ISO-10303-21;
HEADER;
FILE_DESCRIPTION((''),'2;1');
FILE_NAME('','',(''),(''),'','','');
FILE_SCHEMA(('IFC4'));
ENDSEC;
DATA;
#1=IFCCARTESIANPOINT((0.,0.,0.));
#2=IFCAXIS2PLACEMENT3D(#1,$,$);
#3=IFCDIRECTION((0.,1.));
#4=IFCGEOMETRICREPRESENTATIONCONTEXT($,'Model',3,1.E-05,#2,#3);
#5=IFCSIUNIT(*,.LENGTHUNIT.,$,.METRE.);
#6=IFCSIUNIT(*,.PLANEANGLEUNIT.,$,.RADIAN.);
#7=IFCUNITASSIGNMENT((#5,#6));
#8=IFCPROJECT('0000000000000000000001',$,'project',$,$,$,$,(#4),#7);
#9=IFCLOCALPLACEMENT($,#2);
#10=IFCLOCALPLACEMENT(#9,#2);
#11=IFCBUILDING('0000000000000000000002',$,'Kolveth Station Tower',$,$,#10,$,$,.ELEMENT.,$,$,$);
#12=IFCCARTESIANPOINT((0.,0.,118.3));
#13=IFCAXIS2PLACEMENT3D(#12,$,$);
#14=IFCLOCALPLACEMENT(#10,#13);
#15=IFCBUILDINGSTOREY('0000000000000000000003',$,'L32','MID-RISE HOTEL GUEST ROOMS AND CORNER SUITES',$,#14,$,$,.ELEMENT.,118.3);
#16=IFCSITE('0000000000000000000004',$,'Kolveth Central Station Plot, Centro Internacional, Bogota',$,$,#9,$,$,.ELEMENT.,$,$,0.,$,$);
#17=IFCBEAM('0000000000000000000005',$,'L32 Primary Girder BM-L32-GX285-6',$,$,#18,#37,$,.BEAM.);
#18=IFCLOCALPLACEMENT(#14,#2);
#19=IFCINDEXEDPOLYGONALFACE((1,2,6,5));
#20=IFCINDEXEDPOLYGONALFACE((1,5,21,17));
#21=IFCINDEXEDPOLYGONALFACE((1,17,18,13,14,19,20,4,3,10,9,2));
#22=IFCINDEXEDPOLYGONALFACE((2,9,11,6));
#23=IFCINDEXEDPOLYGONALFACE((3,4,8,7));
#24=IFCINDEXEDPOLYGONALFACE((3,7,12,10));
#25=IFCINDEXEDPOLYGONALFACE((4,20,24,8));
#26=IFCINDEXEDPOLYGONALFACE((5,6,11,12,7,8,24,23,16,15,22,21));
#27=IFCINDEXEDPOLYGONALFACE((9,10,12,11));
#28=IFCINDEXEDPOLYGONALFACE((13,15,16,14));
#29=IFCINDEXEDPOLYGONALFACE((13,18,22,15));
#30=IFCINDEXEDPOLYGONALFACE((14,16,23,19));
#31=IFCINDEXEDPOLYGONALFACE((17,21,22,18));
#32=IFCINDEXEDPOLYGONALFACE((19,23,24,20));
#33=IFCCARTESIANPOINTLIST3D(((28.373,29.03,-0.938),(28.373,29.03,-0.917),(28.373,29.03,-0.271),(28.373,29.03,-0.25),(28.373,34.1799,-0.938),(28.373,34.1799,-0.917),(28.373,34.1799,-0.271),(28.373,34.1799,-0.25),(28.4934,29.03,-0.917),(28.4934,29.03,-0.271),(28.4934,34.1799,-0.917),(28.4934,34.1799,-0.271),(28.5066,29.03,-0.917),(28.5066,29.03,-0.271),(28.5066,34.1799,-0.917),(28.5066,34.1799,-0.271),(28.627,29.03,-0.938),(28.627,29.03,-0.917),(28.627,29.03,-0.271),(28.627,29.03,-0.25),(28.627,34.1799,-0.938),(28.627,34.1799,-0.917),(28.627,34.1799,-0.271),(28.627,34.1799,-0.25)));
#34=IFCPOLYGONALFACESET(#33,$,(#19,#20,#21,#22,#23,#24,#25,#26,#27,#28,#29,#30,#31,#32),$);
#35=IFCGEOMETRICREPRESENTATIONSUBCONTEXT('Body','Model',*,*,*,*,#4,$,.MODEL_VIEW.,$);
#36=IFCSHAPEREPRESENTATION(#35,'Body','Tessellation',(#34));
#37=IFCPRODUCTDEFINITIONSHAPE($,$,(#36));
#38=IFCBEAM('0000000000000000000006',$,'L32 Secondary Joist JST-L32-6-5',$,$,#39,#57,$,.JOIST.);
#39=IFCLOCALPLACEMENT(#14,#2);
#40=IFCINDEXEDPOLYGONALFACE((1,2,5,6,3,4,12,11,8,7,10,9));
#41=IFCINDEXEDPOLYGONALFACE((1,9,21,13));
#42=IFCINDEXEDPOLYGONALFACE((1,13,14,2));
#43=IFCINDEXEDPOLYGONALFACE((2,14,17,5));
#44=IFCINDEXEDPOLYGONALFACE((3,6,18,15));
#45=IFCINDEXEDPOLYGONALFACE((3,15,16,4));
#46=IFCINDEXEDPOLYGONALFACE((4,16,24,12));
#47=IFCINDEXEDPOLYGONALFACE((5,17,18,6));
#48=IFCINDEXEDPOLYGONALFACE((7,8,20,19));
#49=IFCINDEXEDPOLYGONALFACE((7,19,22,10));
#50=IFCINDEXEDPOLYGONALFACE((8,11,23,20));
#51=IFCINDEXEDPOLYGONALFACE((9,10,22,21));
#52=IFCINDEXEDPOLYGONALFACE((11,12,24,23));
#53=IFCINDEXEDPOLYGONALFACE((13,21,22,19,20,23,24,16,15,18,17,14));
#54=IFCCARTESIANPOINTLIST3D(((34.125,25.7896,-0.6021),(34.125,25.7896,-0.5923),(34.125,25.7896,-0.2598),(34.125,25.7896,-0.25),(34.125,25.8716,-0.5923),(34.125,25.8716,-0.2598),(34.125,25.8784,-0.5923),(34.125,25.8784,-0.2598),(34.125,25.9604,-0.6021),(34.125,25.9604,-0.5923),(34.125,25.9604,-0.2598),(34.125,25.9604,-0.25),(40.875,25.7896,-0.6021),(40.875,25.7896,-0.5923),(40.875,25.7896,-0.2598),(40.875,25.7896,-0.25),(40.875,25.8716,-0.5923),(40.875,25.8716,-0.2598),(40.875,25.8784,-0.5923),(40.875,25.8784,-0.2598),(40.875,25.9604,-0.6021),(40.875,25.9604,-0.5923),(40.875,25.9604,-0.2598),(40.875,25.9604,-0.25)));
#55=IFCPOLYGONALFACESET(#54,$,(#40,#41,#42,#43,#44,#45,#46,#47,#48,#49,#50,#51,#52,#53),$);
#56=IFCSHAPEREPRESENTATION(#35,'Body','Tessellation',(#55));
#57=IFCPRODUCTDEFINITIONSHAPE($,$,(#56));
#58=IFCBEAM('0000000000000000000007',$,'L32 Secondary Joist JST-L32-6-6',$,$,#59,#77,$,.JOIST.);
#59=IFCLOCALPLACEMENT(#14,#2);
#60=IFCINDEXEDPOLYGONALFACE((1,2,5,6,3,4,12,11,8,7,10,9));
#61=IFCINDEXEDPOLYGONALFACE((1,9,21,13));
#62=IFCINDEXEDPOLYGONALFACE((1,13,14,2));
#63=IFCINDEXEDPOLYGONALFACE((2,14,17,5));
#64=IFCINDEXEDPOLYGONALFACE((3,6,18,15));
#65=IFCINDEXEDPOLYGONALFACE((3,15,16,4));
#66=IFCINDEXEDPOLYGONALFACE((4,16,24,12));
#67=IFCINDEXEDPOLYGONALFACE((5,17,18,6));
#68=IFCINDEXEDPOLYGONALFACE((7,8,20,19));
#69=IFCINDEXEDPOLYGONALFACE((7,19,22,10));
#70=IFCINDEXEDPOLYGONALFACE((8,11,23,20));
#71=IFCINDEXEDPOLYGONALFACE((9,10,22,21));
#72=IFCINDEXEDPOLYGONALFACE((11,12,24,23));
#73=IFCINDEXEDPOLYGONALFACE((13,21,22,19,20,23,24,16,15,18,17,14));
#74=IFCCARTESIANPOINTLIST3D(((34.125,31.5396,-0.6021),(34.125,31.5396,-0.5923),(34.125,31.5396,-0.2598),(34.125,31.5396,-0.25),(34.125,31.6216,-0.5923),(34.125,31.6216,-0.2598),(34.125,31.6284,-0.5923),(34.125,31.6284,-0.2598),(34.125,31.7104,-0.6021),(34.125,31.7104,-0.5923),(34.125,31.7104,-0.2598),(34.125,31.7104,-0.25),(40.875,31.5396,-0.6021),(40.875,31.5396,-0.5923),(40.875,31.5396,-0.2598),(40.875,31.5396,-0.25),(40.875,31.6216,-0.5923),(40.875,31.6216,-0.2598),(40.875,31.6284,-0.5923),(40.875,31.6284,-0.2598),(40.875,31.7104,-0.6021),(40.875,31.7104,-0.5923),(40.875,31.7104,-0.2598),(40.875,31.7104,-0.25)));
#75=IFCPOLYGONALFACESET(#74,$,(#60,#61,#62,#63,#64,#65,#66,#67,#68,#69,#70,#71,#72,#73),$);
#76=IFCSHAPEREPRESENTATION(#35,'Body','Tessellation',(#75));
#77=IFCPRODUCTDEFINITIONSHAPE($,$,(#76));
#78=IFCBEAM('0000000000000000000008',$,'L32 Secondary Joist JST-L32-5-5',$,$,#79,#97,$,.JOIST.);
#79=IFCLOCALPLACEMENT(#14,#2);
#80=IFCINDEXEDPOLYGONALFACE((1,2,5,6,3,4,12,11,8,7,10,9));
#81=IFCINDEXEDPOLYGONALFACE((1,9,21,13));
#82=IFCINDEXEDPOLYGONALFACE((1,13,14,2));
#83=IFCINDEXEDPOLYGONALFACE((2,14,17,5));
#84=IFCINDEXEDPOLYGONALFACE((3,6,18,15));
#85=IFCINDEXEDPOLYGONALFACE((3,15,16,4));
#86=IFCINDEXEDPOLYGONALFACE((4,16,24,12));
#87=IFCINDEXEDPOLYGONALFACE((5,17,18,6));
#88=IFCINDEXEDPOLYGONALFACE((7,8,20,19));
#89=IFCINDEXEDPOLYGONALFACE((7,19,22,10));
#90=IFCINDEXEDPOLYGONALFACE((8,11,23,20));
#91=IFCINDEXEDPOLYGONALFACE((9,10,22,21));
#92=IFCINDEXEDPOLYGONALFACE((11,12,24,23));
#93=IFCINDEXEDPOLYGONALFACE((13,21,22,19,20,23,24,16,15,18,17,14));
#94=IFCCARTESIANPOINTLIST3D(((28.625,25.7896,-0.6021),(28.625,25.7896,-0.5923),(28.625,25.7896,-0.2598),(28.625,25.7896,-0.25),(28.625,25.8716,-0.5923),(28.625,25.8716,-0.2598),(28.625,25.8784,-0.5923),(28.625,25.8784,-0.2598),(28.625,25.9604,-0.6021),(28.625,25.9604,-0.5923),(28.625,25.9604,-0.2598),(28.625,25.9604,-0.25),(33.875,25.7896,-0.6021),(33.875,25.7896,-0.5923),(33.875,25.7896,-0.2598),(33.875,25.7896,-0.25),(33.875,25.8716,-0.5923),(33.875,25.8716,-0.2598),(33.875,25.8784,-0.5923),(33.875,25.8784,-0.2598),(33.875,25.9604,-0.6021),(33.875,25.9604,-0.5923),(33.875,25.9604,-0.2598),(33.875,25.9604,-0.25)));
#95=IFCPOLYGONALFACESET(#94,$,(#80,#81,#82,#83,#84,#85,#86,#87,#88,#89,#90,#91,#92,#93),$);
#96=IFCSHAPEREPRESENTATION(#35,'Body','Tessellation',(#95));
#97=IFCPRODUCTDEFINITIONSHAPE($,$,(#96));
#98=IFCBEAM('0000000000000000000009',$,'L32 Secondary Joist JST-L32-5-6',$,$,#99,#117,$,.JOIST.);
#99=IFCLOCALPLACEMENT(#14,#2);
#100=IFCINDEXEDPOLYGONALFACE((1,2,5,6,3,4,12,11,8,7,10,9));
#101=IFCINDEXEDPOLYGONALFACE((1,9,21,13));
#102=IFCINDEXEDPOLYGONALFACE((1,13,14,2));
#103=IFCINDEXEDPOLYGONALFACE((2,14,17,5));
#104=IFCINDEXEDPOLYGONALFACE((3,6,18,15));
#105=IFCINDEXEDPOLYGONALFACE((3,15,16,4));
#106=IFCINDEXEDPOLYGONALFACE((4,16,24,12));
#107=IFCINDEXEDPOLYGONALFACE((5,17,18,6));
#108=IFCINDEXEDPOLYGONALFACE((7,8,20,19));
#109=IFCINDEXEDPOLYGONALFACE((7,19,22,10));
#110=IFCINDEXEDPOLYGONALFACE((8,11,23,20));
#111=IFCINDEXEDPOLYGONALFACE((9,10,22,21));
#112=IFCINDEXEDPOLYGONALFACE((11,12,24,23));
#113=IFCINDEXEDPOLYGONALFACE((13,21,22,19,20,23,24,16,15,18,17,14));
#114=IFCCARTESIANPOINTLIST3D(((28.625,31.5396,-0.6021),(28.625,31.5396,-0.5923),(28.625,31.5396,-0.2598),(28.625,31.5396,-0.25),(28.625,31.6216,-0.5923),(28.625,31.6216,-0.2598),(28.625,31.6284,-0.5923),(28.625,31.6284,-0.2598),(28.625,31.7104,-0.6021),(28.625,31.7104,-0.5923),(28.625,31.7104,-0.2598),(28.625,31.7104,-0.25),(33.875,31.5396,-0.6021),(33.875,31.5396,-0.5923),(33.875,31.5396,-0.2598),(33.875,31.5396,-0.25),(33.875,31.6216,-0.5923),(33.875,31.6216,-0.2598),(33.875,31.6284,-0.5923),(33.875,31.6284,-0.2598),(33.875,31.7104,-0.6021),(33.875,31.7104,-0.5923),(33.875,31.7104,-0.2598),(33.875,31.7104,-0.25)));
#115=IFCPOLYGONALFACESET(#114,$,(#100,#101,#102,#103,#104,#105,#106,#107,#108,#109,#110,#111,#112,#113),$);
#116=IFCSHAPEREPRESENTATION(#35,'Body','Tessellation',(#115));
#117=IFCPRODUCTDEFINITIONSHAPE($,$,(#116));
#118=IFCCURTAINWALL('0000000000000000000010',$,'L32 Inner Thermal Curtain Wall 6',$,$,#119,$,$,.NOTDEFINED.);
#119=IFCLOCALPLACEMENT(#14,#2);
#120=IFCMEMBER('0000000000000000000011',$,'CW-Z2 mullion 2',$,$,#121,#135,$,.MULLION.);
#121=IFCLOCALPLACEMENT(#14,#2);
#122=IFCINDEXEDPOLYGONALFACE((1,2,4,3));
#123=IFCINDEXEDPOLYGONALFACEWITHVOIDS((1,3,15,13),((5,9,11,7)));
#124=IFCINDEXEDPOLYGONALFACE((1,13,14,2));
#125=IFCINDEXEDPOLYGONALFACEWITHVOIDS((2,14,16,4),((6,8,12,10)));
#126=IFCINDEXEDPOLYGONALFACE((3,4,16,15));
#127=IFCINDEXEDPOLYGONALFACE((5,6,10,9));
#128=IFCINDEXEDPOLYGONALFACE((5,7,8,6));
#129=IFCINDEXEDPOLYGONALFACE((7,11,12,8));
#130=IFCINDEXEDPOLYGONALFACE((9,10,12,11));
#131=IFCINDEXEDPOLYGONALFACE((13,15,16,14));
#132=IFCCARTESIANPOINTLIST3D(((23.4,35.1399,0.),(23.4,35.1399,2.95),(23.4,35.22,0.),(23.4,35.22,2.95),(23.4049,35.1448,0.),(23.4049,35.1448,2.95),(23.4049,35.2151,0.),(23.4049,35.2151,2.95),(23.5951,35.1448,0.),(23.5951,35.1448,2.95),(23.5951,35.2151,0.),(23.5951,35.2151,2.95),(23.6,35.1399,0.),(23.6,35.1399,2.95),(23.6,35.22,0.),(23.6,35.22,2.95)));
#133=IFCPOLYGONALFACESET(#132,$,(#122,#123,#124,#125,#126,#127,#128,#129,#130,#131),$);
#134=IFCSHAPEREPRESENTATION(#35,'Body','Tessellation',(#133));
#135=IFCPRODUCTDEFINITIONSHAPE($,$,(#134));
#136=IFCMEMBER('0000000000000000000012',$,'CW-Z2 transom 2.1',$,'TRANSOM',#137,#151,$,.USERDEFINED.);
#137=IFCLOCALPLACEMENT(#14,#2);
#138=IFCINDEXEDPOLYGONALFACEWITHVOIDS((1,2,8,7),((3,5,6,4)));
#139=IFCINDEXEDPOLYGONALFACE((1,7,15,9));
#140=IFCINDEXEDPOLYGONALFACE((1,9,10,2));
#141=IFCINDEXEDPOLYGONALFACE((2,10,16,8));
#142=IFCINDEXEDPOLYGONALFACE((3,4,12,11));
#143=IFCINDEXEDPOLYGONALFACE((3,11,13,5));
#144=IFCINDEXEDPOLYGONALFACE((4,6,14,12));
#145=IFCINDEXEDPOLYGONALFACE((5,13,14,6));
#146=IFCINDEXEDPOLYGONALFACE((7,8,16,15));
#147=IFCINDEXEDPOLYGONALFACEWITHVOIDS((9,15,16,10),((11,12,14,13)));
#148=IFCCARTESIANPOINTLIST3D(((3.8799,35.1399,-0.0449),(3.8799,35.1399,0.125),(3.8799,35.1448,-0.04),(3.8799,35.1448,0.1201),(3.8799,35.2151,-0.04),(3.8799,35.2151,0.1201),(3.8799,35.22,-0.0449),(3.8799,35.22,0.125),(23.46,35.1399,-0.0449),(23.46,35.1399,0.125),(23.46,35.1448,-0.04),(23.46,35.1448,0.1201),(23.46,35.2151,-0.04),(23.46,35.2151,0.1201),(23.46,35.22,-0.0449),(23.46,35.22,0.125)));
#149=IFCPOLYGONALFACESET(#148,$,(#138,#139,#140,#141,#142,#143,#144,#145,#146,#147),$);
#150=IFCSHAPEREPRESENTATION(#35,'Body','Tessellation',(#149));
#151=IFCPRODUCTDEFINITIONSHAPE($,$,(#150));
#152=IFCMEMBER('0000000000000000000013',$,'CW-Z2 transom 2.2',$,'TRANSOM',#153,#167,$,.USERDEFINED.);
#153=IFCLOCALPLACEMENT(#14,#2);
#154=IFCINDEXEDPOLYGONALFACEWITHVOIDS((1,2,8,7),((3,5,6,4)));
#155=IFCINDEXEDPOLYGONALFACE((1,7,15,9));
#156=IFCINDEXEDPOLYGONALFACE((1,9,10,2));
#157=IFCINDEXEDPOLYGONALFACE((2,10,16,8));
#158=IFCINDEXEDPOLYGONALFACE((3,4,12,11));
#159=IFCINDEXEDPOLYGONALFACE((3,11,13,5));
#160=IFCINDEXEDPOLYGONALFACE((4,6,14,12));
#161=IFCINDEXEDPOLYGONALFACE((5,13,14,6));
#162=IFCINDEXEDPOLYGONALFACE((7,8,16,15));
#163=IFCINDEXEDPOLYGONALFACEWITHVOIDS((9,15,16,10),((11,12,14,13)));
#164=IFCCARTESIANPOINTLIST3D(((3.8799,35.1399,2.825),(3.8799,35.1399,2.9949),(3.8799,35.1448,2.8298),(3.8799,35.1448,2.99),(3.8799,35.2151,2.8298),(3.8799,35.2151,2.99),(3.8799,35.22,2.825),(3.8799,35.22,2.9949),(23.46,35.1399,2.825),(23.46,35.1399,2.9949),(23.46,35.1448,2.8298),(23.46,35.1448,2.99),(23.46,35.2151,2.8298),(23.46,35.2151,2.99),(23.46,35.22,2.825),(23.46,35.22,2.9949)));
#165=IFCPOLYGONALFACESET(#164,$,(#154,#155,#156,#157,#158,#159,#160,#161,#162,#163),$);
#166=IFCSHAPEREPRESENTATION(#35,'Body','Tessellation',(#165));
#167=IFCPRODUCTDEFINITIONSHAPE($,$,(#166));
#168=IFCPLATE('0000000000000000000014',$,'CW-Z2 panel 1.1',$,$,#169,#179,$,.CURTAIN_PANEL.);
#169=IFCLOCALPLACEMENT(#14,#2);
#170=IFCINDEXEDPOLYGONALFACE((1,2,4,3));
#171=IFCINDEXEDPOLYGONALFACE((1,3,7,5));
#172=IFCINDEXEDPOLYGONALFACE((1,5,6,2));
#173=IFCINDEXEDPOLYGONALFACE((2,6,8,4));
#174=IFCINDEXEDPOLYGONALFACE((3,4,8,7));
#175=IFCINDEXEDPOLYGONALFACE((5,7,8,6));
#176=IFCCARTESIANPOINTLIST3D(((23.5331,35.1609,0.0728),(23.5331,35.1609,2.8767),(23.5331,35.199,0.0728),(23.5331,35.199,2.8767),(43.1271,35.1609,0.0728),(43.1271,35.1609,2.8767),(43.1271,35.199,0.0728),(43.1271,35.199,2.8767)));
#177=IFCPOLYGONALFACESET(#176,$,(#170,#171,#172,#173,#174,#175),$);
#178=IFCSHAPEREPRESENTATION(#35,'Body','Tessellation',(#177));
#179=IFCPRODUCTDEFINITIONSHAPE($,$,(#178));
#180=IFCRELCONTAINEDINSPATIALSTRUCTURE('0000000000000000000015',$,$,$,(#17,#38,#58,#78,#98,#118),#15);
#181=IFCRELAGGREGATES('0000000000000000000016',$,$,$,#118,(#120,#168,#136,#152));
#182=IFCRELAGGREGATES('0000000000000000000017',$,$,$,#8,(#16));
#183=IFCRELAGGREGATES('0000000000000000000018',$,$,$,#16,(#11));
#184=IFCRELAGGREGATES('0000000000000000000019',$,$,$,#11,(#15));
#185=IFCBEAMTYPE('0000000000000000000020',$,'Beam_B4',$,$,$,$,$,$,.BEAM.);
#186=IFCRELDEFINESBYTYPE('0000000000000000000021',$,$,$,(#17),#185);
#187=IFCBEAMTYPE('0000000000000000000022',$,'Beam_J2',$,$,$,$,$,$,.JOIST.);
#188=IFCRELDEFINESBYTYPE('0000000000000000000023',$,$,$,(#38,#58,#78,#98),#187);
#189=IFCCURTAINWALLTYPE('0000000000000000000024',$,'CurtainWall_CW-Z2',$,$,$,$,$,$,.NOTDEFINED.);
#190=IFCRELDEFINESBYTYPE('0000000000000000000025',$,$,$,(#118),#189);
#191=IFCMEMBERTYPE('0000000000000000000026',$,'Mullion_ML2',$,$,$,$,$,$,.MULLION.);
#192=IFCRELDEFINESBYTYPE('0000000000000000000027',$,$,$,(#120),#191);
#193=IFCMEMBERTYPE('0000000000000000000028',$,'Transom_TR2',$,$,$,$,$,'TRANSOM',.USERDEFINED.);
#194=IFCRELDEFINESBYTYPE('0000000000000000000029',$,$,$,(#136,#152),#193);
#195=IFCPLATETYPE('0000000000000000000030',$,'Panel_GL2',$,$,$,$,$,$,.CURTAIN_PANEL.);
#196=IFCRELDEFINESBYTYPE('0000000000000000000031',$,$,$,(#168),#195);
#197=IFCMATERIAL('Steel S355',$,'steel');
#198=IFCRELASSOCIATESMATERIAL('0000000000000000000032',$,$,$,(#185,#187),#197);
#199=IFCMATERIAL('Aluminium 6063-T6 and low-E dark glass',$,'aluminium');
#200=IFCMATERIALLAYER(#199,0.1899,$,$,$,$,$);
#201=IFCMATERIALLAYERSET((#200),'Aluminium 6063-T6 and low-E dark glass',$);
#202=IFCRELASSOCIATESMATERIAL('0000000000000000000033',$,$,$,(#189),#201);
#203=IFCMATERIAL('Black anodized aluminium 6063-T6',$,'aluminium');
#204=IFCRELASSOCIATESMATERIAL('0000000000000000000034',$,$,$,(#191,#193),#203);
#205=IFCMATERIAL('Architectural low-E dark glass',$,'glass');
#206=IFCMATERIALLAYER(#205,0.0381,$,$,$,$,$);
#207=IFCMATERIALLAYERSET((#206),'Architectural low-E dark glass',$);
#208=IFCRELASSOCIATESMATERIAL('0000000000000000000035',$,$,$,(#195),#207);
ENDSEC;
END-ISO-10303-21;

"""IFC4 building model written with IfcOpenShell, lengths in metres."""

from ifc_helpers import new_model, si_unit, direction, frame, origin, origin_2d, place, context, subcontext, project, spatial, rectangle, hollow_rectangle, i_section, extrude, source, transform, mapped, material, layer, layer_set, material_profile, profile_set, type_object, element, aggregate, save


model = new_model("IFC4")

# Units and contexts
model_context = context("Model", 3, precision=1e-05, world=origin(), true_north=direction((0.0, 1.0)))
body_context = subcontext(model_context, "Body", "Model", "MODEL_VIEW")
ifc_project = project(units=[si_unit("LENGTHUNIT", "METRE"), si_unit("PLANEANGLEUNIT", "RADIAN")], contexts=[model_context])

# Site, building, storey
site_placement = place(None, origin())
site = spatial("IfcSite", under=ifc_project, at=site_placement, Name="Kolveth Central Station Plot, Centro Internacional, Bogota", CompositionType="ELEMENT", RefElevation=0.0)
building_placement = place(site_placement, origin())
building = spatial("IfcBuilding", under=site, at=building_placement, Name="Kolveth Station Tower", CompositionType="ELEMENT")
storey_placement = place(building_placement, frame((0.0, 0.0, 118.3)))
storey = spatial("IfcBuildingStorey", under=building, at=storey_placement, Name="L32", Description="MID-RISE HOTEL GUEST ROOMS AND CORNER SUITES", CompositionType="ELEMENT", Elevation=118.3)

# Shared definitions
ifc_material_1 = material(Name="Steel S355", Category="steel")

# Beams
ifc_material_profile_1 = material_profile(ifc_material_1, i_section(OverallWidth=0.2539, OverallDepth=0.688, WebThickness=0.0132, FlangeThickness=0.021, at=origin_2d()), Name="W690x152")
ifc_profile_set_1 = profile_set([ifc_material_profile_1], Name="Steel S355")
beam_type_1 = type_object("IfcBeamType", Name="Beam_B4", PredefinedType="BEAM", material=ifc_profile_set_1)
shared_shape_1 = source(origin(), body_context, "Body", "SweptSolid", [
    extrude(i_section(OverallWidth=0.2539, OverallDepth=0.688, WebThickness=0.0132, FlangeThickness=0.021, at=origin_2d()), origin(), (0.0, 0.0, 1.0), 5.1499),
])
beam_1_placement = place(storey_placement, frame((28.5, 29.03, -0.594), z_axis=(0.0, 1.0, 0.0), x_axis=(-1.0, 0.0, 0.0)))
element("IfcBeam", 1, at=beam_1_placement, inside=storey, type_object=beam_type_1, Name="L32 Primary Girder BM-L32-GX285-6", PredefinedType="BEAM", context=body_context, shape_type="MappedRepresentation", body=[
    mapped(shared_shape_1, transform((0.0, 0.0, 0.0), x_axis=(1.0, 0.0, 0.0), y_axis=(0.0, 1.0, 0.0), z_axis=(0.0, 0.0, 1.0), scale=1.0)),
])
ifc_material_profile_2 = material_profile(ifc_material_1, i_section(OverallWidth=0.1709, OverallDepth=0.3521, WebThickness=0.0068, FlangeThickness=0.0098, at=origin_2d()), Name="W360x44")
ifc_profile_set_2 = profile_set([ifc_material_profile_2], Name="Steel S355")
beam_type_2 = type_object("IfcBeamType", Name="Beam_J2", PredefinedType="JOIST", material=ifc_profile_set_2)
shared_shape_2 = source(origin(), body_context, "Body", "SweptSolid", [
    extrude(i_section(OverallWidth=0.1709, OverallDepth=0.3521, WebThickness=0.0068, FlangeThickness=0.0098, at=origin_2d()), origin(), (0.0, 0.0, 1.0), 6.75),
])
for number, where, z_axis, x_axis, name in (
    (2, (34.125, 25.875, -0.426), (1.0, 0.0, 0.0), (0.0, 1.0, 0.0), "L32 Secondary Joist JST-L32-6-5"),
    (3, (34.125, 31.625, -0.426), (1.0, 0.0, 0.0), (0.0, 1.0, 0.0), "L32 Secondary Joist JST-L32-6-6"),
):
    element("IfcBeam", number, at=place(storey_placement, frame(where, z_axis=z_axis, x_axis=x_axis)), inside=storey, type_object=beam_type_2, Name=name, PredefinedType="JOIST", context=body_context, shape_type="MappedRepresentation", body=[
        mapped(shared_shape_2, transform((0.0, 0.0, 0.0), x_axis=(1.0, 0.0, 0.0), y_axis=(0.0, 1.0, 0.0), z_axis=(0.0, 0.0, 1.0), scale=1.0)),
    ])
shared_shape_3 = source(origin(), body_context, "Body", "SweptSolid", [
    extrude(i_section(OverallWidth=0.1709, OverallDepth=0.3521, WebThickness=0.0068, FlangeThickness=0.0098, at=origin_2d()), origin(), (0.0, 0.0, 1.0), 5.25),
])
for number, where, z_axis, x_axis, name in (
    (4, (28.625, 25.875, -0.426), (1.0, 0.0, 0.0), (0.0, 1.0, 0.0), "L32 Secondary Joist JST-L32-5-5"),
    (5, (28.625, 31.625, -0.426), (1.0, 0.0, 0.0), (0.0, 1.0, 0.0), "L32 Secondary Joist JST-L32-5-6"),
):
    element("IfcBeam", number, at=place(storey_placement, frame(where, z_axis=z_axis, x_axis=x_axis)), inside=storey, type_object=beam_type_2, Name=name, PredefinedType="JOIST", context=body_context, shape_type="MappedRepresentation", body=[
        mapped(shared_shape_3, transform((0.0, 0.0, 0.0), x_axis=(1.0, 0.0, 0.0), y_axis=(0.0, 1.0, 0.0), z_axis=(0.0, 0.0, 1.0), scale=1.0)),
    ])

# Curtain wall, members, plate
ifc_material_2 = material(Name="Aluminium 6063-T6 and low-E dark glass", Category="aluminium")
ifc_layer_1 = layer(ifc_material_2, 0.1899)
ifc_layer_set_1 = layer_set([ifc_layer_1], Name="Aluminium 6063-T6 and low-E dark glass")
curtain_wall_type_1 = type_object("IfcCurtainWallType", Name="CurtainWall_CW-Z2", PredefinedType="NOTDEFINED", material=ifc_layer_set_1)
curtain_wall_1_placement = place(storey_placement, origin())
curtain_wall_1 = element("IfcCurtainWall", 6, at=curtain_wall_1_placement, inside=storey, type_object=curtain_wall_type_1, Name="L32 Inner Thermal Curtain Wall 6", PredefinedType="NOTDEFINED")
ifc_material_3 = material(Name="Black anodized aluminium 6063-T6", Category="aluminium")
ifc_material_profile_3 = material_profile(ifc_material_3, hollow_rectangle(XDim=0.0801, YDim=0.2, WallThickness=0.0049, at=origin_2d()), Name="ALU-80x200x5")
ifc_profile_set_3 = profile_set([ifc_material_profile_3], Name="Black anodized aluminium 6063-T6")
member_type_1 = type_object("IfcMemberType", Name="Mullion_ML2", PredefinedType="MULLION", material=ifc_profile_set_3)
shared_shape_4 = source(origin(), body_context, "Body", "SweptSolid", [
    extrude(hollow_rectangle(XDim=0.0801, YDim=0.2, WallThickness=0.0049, at=origin_2d()), origin(), (0.0, 0.0, 1.0), 2.95),
])
member_1_placement = place(storey_placement, frame((23.5, 35.1799, 0.0), z_axis=(0.0, 0.0, 1.0), x_axis=(0.0, -1.0, 0.0)))
member_1 = element("IfcMember", 7, at=member_1_placement, type_object=member_type_1, Name="CW-Z2 mullion 2", PredefinedType="MULLION", context=body_context, shape_type="MappedRepresentation", body=[
    mapped(shared_shape_4, transform((0.0, 0.0, 0.0), x_axis=(1.0, 0.0, 0.0), y_axis=(0.0, 1.0, 0.0), z_axis=(0.0, 0.0, 1.0), scale=1.0)),
])
ifc_material_profile_4 = material_profile(ifc_material_3, hollow_rectangle(XDim=0.0801, YDim=0.1699, WallThickness=0.0049, at=origin_2d()), Name="ALU-80x170x5")
ifc_profile_set_4 = profile_set([ifc_material_profile_4], Name="Black anodized aluminium 6063-T6")
member_type_2 = type_object("IfcMemberType", Name="Transom_TR2", ElementType="TRANSOM", PredefinedType="USERDEFINED", material=ifc_profile_set_4)
shared_shape_5 = source(origin(), body_context, "Body", "SweptSolid", [
    extrude(hollow_rectangle(XDim=0.0801, YDim=0.1699, WallThickness=0.0049, at=origin_2d()), origin(), (0.0, 0.0, 1.0), 19.5801),
])
member_2_placement = place(storey_placement, frame((23.46, 35.1799, 0.04), z_axis=(-1.0, 0.0, 0.0), x_axis=(0.0, -1.0, 0.0)))
member_2 = element("IfcMember", 8, at=member_2_placement, type_object=member_type_2, Name="CW-Z2 transom 2.1", ObjectType="TRANSOM", PredefinedType="USERDEFINED", context=body_context, shape_type="MappedRepresentation", body=[
    mapped(shared_shape_5, transform((0.0, 0.0, 0.0), x_axis=(1.0, 0.0, 0.0), y_axis=(0.0, 1.0, 0.0), z_axis=(0.0, 0.0, 1.0), scale=1.0)),
])
member_3_placement = place(storey_placement, frame((23.46, 35.1799, 2.9099), z_axis=(-1.0, 0.0, 0.0), x_axis=(0.0, -1.0, 0.0)))
member_3 = element("IfcMember", 9, at=member_3_placement, type_object=member_type_2, Name="CW-Z2 transom 2.2", ObjectType="TRANSOM", PredefinedType="USERDEFINED", context=body_context, shape_type="MappedRepresentation", body=[
    mapped(shared_shape_5, transform((0.0, 0.0, 0.0), x_axis=(1.0, 0.0, 0.0), y_axis=(0.0, 1.0, 0.0), z_axis=(0.0, 0.0, 1.0), scale=1.0)),
])
ifc_material_4 = material(Name="Architectural low-E dark glass", Category="glass")
ifc_layer_2 = layer(ifc_material_4, 0.0381)
ifc_layer_set_2 = layer_set([ifc_layer_2], Name="Architectural low-E dark glass")
plate_type_1 = type_object("IfcPlateType", Name="Panel_GL2", PredefinedType="CURTAIN_PANEL", material=ifc_layer_set_2)
shared_shape_6 = source(origin(), body_context, "Body", "SweptSolid", [
    extrude(rectangle(XDim=19.594, YDim=0.0381, at=origin_2d()), origin(), (0.0, 0.0, 1.0), 2.804),
])
plate_1_placement = place(storey_placement, frame((33.3301, 35.1799, 0.0728), z_axis=(0.0, 0.0, 1.0), x_axis=(-1.0, 0.0, 0.0)))
plate_1 = element("IfcPlate", 10, at=plate_1_placement, type_object=plate_type_1, Name="CW-Z2 panel 1.1", PredefinedType="CURTAIN_PANEL", context=body_context, shape_type="MappedRepresentation", body=[
    mapped(shared_shape_6, transform((0.0, 0.0, 0.0), x_axis=(1.0, 0.0, 0.0), y_axis=(0.0, 1.0, 0.0), z_axis=(0.0, 0.0, 1.0), scale=1.0)),
])
aggregate(curtain_wall_1, [member_1, plate_1, member_2, member_3])

save(model, "model.ifc")
